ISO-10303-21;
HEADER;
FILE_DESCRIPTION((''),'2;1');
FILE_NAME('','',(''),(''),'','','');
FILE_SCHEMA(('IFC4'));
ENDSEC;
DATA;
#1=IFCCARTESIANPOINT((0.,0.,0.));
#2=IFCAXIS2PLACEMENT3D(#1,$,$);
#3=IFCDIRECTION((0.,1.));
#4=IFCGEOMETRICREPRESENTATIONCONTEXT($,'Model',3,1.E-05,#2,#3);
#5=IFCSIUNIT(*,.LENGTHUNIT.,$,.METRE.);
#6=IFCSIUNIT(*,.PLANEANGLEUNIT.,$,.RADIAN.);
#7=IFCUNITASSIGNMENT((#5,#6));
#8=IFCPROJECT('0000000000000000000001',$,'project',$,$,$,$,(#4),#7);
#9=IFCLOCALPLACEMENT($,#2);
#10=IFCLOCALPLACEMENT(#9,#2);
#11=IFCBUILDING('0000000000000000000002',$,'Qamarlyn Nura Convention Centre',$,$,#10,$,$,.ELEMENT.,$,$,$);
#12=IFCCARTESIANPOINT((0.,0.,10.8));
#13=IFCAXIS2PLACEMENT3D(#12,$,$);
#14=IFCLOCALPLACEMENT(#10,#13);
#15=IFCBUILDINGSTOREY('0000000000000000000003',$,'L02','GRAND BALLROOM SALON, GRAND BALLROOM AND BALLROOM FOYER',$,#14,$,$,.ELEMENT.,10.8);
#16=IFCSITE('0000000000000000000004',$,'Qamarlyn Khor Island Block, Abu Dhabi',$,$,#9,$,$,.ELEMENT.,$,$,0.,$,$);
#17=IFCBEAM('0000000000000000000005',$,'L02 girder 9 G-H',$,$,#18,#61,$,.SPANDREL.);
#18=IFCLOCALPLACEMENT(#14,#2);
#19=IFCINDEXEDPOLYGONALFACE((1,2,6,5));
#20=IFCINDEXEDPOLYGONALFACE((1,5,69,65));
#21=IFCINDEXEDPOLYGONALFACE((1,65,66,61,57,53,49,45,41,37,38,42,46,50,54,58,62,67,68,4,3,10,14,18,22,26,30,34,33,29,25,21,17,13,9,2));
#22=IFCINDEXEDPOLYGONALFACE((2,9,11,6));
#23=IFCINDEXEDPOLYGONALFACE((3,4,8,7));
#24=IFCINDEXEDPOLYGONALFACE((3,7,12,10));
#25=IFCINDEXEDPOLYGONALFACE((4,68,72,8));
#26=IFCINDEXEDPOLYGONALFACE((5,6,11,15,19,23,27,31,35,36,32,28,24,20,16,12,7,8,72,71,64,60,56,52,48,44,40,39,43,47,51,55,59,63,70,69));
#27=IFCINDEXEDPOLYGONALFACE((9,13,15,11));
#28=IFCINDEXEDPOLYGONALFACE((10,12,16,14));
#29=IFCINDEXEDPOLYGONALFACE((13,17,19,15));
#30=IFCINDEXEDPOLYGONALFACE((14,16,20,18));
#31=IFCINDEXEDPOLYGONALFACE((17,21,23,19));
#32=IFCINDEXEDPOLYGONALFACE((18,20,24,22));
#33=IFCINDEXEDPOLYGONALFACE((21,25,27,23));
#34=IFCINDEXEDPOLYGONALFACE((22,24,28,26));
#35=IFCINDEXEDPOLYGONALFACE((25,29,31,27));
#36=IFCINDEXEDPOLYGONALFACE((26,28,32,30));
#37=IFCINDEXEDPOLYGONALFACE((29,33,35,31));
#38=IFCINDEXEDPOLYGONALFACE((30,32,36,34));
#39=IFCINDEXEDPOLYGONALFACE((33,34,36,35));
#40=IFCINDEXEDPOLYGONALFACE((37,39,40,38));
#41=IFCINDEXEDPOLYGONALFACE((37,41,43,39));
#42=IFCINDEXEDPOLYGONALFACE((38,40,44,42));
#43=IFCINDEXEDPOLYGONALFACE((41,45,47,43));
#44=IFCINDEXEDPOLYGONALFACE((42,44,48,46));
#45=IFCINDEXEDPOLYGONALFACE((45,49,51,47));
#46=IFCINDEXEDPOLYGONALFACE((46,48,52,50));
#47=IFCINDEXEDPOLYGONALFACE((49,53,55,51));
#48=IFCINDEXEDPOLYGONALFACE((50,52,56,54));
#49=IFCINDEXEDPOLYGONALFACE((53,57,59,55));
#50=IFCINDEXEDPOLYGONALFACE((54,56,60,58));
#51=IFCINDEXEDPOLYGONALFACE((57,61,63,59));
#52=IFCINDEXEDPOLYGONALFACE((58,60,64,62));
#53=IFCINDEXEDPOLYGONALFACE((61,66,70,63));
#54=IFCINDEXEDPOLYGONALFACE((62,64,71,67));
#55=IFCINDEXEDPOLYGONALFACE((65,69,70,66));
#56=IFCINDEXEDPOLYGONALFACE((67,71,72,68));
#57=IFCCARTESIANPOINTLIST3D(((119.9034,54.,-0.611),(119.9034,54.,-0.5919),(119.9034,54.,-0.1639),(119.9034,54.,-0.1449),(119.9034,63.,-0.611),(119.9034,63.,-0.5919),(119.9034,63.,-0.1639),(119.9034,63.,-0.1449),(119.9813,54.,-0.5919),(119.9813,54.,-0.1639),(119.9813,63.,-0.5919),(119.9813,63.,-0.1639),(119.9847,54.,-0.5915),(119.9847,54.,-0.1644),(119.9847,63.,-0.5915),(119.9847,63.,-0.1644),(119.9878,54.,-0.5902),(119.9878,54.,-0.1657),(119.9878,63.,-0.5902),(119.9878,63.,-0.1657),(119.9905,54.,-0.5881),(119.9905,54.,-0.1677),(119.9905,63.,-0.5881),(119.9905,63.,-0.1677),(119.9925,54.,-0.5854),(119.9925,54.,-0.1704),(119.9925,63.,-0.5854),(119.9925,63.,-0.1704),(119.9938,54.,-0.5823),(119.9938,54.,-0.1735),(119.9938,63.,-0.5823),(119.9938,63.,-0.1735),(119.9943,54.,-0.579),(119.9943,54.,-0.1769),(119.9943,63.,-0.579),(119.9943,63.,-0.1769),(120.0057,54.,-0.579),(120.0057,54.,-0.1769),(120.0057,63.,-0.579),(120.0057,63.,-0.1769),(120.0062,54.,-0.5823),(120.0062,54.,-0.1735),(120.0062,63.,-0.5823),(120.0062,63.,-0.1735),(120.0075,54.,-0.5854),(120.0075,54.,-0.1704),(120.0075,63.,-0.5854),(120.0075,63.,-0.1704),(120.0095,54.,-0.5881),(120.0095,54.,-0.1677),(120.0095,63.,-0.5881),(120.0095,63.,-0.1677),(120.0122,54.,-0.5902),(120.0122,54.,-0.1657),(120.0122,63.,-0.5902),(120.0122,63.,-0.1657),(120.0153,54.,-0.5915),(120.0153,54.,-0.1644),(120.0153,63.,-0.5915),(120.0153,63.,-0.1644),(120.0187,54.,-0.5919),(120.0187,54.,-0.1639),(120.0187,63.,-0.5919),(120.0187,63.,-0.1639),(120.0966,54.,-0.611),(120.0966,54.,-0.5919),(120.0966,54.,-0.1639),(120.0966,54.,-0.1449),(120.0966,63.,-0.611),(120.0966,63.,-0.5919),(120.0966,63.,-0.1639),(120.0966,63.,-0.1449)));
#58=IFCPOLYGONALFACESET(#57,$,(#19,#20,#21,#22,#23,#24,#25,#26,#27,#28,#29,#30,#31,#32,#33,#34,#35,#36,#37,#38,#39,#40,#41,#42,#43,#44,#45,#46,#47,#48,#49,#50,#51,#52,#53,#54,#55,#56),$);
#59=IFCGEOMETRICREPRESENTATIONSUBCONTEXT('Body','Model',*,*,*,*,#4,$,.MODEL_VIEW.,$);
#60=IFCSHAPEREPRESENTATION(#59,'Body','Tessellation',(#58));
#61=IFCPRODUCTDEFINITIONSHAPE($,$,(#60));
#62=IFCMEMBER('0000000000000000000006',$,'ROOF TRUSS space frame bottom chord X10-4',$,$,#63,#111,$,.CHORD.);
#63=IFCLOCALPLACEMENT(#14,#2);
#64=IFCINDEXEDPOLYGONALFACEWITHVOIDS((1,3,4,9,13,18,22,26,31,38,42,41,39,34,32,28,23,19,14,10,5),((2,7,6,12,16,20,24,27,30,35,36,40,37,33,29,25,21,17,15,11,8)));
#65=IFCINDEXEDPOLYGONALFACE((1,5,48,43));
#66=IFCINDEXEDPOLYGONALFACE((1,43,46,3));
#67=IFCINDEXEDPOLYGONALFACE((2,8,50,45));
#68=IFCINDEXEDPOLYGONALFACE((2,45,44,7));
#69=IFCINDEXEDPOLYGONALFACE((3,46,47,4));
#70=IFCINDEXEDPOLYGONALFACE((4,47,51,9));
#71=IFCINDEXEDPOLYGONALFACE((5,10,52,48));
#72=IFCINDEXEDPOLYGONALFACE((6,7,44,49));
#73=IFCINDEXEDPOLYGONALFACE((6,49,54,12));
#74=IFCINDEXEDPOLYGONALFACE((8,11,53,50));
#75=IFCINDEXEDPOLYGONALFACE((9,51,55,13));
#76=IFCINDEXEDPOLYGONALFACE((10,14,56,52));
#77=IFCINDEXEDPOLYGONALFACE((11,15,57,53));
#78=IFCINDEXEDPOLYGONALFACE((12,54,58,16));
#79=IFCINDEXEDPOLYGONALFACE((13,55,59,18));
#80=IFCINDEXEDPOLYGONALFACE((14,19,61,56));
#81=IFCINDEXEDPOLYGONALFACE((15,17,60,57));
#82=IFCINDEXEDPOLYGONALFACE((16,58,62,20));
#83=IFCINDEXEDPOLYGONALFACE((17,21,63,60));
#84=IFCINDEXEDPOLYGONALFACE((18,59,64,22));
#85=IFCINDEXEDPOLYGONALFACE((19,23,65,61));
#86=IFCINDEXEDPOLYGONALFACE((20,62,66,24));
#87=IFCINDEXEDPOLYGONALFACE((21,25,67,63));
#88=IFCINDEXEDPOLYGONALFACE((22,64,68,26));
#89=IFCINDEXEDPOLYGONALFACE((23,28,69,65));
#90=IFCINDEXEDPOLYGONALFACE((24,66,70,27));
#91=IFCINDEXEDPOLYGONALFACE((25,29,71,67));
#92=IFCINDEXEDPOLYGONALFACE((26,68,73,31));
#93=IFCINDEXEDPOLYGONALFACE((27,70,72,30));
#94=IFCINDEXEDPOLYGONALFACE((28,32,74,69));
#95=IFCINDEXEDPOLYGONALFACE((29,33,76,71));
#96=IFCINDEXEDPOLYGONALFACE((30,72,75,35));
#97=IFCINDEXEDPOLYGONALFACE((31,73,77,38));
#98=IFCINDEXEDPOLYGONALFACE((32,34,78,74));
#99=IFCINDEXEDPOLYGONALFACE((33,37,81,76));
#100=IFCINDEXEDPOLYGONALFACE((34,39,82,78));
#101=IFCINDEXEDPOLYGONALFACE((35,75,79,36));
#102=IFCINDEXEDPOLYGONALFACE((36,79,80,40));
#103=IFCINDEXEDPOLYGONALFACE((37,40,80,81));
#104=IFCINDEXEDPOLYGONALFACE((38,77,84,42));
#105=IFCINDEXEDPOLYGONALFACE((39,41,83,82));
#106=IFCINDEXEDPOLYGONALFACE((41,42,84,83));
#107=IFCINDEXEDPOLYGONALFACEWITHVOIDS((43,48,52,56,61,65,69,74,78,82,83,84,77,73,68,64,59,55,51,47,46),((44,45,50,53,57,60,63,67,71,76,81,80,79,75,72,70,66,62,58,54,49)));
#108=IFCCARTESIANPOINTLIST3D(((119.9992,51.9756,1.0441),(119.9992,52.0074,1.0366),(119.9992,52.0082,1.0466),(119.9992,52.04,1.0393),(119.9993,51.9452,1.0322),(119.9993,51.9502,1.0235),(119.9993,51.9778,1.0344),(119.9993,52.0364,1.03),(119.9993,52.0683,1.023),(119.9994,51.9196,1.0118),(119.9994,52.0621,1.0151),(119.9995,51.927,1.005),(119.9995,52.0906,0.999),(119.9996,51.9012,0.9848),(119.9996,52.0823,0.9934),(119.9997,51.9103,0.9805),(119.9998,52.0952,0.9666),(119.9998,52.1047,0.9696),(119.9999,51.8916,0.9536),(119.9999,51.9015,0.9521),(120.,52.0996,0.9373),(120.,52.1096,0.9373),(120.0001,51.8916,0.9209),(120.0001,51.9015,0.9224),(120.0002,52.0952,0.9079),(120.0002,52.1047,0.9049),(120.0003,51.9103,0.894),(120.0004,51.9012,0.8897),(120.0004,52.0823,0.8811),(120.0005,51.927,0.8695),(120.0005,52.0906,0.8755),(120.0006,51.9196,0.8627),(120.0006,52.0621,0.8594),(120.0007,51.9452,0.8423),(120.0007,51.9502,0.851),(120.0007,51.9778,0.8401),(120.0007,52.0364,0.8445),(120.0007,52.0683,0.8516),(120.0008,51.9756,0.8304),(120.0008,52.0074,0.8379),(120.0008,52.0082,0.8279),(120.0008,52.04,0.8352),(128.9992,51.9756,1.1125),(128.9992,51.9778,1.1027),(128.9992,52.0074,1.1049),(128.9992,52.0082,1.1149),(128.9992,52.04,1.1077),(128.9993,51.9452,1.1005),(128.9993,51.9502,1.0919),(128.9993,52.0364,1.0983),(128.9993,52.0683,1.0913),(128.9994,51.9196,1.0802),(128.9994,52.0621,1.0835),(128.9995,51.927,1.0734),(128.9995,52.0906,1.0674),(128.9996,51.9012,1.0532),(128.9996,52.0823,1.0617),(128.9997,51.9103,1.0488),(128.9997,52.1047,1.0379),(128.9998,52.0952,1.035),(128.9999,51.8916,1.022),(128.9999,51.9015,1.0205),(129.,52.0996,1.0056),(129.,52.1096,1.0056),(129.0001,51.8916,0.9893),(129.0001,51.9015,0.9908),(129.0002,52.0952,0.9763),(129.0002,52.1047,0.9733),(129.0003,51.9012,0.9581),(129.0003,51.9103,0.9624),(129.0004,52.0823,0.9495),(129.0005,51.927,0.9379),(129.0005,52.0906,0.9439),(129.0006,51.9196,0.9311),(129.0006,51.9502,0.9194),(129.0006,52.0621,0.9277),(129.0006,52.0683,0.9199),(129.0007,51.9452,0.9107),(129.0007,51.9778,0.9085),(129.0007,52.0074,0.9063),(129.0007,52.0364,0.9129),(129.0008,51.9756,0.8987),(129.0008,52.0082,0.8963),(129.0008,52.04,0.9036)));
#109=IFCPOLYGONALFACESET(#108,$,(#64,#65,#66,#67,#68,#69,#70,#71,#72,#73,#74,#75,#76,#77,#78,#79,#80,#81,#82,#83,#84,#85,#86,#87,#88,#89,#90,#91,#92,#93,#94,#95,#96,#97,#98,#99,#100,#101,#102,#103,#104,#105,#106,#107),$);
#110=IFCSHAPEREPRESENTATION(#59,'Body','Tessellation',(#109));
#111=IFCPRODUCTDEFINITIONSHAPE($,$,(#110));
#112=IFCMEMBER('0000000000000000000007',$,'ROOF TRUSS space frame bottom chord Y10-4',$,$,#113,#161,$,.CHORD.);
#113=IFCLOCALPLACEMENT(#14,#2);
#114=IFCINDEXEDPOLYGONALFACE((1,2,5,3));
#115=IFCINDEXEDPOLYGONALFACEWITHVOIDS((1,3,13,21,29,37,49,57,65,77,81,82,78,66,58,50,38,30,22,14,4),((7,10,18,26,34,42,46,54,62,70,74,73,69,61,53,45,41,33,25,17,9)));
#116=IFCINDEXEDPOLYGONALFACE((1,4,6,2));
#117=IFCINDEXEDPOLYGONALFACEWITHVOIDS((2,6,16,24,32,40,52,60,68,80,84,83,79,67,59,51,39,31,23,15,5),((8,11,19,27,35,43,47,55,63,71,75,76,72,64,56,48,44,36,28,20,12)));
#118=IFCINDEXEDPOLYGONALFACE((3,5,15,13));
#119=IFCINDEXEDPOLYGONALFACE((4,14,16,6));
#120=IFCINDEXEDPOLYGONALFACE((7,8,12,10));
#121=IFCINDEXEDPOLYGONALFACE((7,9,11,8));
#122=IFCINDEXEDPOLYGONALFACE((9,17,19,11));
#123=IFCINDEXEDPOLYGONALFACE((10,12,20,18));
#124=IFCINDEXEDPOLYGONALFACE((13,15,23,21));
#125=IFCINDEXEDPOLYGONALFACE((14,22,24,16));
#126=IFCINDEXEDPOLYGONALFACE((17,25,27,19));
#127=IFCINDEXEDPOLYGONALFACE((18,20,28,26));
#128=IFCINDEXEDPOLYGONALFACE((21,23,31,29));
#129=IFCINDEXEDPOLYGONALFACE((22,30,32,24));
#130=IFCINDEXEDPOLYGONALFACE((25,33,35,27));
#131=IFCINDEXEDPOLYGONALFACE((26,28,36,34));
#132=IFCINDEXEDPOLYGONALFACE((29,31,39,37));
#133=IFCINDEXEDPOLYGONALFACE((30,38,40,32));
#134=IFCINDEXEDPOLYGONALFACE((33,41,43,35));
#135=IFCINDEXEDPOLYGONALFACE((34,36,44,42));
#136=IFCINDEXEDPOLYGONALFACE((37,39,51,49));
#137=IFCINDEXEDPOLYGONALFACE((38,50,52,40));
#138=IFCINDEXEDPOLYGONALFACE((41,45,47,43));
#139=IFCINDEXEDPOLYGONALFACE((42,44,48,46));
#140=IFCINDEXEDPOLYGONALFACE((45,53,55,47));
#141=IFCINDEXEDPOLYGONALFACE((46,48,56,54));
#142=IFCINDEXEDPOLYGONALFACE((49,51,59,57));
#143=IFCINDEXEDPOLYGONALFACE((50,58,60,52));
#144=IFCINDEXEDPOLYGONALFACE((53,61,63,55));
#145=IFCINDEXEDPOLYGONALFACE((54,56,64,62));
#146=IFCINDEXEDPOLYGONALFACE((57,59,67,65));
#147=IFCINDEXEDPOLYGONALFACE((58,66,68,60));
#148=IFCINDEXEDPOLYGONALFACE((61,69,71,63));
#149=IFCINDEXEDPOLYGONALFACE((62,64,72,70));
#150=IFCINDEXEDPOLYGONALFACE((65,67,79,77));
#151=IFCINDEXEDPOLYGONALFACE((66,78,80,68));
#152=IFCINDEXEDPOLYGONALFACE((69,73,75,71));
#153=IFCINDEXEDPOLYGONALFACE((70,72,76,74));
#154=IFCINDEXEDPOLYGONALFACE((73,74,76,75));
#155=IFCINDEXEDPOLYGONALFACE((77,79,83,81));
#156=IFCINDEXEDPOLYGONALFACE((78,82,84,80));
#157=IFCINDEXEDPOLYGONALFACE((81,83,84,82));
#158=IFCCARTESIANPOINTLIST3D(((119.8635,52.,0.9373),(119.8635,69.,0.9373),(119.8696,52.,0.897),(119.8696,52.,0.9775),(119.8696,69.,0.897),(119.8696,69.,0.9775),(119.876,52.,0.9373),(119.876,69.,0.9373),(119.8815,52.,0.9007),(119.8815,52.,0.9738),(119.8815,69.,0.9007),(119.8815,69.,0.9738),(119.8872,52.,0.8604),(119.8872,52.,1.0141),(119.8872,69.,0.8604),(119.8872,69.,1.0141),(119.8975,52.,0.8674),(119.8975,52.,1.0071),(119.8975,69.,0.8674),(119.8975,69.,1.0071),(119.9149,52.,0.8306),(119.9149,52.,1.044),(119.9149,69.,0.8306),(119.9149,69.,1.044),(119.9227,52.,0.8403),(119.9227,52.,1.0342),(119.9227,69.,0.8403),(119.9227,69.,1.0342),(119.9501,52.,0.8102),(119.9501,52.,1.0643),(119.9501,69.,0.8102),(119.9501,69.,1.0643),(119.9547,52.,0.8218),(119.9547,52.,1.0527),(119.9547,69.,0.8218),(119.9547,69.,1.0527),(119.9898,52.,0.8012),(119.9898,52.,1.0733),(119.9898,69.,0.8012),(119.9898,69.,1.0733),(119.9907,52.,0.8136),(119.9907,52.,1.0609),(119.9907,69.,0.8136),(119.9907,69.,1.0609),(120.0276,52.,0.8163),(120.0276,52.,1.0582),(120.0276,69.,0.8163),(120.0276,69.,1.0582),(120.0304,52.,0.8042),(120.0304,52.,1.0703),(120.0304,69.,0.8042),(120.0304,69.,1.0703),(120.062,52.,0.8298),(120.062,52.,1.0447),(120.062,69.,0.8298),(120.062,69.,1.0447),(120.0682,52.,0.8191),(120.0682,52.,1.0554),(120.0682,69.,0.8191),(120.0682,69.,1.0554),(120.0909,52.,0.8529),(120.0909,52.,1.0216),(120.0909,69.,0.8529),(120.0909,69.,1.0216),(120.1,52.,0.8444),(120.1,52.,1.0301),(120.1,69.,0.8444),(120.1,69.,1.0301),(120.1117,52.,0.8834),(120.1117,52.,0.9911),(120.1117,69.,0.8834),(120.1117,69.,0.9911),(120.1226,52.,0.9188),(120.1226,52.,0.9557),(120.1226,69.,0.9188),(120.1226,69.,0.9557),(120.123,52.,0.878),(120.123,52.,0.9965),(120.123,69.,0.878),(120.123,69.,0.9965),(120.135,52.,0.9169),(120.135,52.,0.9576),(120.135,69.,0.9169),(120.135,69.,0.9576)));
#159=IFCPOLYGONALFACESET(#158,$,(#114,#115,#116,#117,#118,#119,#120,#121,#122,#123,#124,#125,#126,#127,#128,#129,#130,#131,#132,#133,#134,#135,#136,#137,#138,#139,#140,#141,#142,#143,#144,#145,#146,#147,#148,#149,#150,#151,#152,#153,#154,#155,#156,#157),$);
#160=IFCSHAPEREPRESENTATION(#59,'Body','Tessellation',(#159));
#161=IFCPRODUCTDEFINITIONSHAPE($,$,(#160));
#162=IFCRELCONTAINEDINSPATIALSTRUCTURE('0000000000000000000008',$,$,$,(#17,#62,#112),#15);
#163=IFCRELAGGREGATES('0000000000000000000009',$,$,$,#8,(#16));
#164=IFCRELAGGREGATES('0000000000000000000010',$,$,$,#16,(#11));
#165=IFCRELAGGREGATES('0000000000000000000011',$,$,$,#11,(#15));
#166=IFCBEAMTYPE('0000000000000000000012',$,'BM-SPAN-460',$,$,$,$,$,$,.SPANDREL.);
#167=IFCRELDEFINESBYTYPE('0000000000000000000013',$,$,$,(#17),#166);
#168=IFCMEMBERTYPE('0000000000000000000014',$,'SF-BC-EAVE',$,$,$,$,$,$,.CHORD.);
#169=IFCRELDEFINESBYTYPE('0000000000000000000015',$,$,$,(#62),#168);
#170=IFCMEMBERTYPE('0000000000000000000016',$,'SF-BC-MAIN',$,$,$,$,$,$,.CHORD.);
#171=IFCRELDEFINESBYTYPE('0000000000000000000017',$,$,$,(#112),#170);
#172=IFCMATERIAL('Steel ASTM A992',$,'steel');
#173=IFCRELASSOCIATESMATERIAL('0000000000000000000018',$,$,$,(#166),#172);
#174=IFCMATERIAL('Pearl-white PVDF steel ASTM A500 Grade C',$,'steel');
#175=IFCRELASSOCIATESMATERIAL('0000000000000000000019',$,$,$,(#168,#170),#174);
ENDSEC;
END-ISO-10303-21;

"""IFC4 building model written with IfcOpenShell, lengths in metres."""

from ifc_helpers import new_model, si_unit, direction, frame, origin, origin_2d, place, context, subcontext, project, spatial, hollow_circle, i_section, extrude, material, material_profile, profile_set, type_object, element, save


model = new_model("IFC4")

# Units and contexts
model_context = context("Model", 3, precision=1e-05, world=origin(), true_north=direction((0.0, 1.0)))
body_context = subcontext(model_context, "Body", "Model", "MODEL_VIEW")
ifc_project = project(units=[si_unit("LENGTHUNIT", "METRE"), si_unit("PLANEANGLEUNIT", "RADIAN")], contexts=[model_context])

# Site, building, storey
site_placement = place(None, origin())
site = spatial("IfcSite", under=ifc_project, at=site_placement, Name="Qamarlyn Khor Island Block, Abu Dhabi", CompositionType="ELEMENT", RefElevation=0.0)
building_placement = place(site_placement, origin())
building = spatial("IfcBuilding", under=site, at=building_placement, Name="Qamarlyn Nura Convention Centre", CompositionType="ELEMENT")
storey_placement = place(building_placement, frame((0.0, 0.0, 10.8)))
storey = spatial("IfcBuildingStorey", under=building, at=storey_placement, Name="L02", Description="GRAND BALLROOM SALON, GRAND BALLROOM AND BALLROOM FOYER", CompositionType="ELEMENT", Elevation=10.8)

# Shared definitions
ifc_material_1 = material(Name="Steel ASTM A992", Category="steel")

# Beam
ifc_material_profile_1 = material_profile(ifc_material_1, i_section(OverallWidth=0.1931, OverallDepth=0.4661, WebThickness=0.0115, FlangeThickness=0.019, FilletRadius=0.0129, at=origin_2d()), Name="W460X97")
ifc_profile_set_1 = profile_set([ifc_material_profile_1], Name="Steel ASTM A992")
beam_type_1 = type_object("IfcBeamType", Name="BM-SPAN-460", PredefinedType="SPANDREL", material=ifc_profile_set_1)
beam_1_placement = place(storey_placement, frame((120.0, 54.0, -0.3779), z_axis=(0.0, 1.0, 0.0), x_axis=(-1.0, 0.0, 0.0)))
element("IfcBeam", 1, at=beam_1_placement, inside=storey, type_object=beam_type_1, Name="L02 girder 9 G-H", PredefinedType="SPANDREL", context=body_context, shape_type="SweptSolid", body=[
    extrude(i_section(OverallWidth=0.1931, OverallDepth=0.4661, WebThickness=0.0115, FlangeThickness=0.019, FilletRadius=0.0129, at=origin_2d()), origin(), (0.0, 0.0, 1.0), 9.0),
])

# Members
ifc_material_2 = material(Name="Pearl-white PVDF steel ASTM A500 Grade C", Category="steel")
ifc_material_profile_2 = material_profile(ifc_material_2, hollow_circle(Radius=0.1096, WallThickness=0.01, at=origin_2d()), Name="CHS219.1X10")
ifc_profile_set_2 = profile_set([ifc_material_profile_2], Name="Pearl-white PVDF steel ASTM A500 Grade C")
member_type_1 = type_object("IfcMemberType", Name="SF-BC-EAVE", PredefinedType="CHORD", material=ifc_profile_set_2)
member_1_placement = place(storey_placement, frame((120.0, 52.0, 0.9373), z_axis=(0.999971, 0.0, 0.007595), x_axis=(0.0, 1.0, 0.0)))
element("IfcMember", 2, at=member_1_placement, inside=storey, type_object=member_type_1, Name="ROOF TRUSS space frame bottom chord X10-4", PredefinedType="CHORD", context=body_context, shape_type="SweptSolid", body=[
    extrude(hollow_circle(Radius=0.1096, WallThickness=0.01, at=origin_2d()), origin(), (0.0, 0.0, 1.0), 9.0002),
])
ifc_material_profile_3 = material_profile(ifc_material_2, hollow_circle(Radius=0.1365, WallThickness=0.0125, at=origin_2d()), Name="CHS273X12.5")
ifc_profile_set_3 = profile_set([ifc_material_profile_3], Name="Pearl-white PVDF steel ASTM A500 Grade C")
member_type_2 = type_object("IfcMemberType", Name="SF-BC-MAIN", PredefinedType="CHORD", material=ifc_profile_set_3)
member_2_placement = place(storey_placement, frame((120.0, 52.0, 0.9373), z_axis=(0.0, 1.0, 0.0), x_axis=(-1.0, 0.0, 0.0)))
element("IfcMember", 3, at=member_2_placement, inside=storey, type_object=member_type_2, Name="ROOF TRUSS space frame bottom chord Y10-4", PredefinedType="CHORD", context=body_context, shape_type="SweptSolid", body=[
    extrude(hollow_circle(Radius=0.1365, WallThickness=0.0125, at=origin_2d()), origin(), (0.0, 0.0, 1.0), 17.0),
])

save(model, "model.ifc")
